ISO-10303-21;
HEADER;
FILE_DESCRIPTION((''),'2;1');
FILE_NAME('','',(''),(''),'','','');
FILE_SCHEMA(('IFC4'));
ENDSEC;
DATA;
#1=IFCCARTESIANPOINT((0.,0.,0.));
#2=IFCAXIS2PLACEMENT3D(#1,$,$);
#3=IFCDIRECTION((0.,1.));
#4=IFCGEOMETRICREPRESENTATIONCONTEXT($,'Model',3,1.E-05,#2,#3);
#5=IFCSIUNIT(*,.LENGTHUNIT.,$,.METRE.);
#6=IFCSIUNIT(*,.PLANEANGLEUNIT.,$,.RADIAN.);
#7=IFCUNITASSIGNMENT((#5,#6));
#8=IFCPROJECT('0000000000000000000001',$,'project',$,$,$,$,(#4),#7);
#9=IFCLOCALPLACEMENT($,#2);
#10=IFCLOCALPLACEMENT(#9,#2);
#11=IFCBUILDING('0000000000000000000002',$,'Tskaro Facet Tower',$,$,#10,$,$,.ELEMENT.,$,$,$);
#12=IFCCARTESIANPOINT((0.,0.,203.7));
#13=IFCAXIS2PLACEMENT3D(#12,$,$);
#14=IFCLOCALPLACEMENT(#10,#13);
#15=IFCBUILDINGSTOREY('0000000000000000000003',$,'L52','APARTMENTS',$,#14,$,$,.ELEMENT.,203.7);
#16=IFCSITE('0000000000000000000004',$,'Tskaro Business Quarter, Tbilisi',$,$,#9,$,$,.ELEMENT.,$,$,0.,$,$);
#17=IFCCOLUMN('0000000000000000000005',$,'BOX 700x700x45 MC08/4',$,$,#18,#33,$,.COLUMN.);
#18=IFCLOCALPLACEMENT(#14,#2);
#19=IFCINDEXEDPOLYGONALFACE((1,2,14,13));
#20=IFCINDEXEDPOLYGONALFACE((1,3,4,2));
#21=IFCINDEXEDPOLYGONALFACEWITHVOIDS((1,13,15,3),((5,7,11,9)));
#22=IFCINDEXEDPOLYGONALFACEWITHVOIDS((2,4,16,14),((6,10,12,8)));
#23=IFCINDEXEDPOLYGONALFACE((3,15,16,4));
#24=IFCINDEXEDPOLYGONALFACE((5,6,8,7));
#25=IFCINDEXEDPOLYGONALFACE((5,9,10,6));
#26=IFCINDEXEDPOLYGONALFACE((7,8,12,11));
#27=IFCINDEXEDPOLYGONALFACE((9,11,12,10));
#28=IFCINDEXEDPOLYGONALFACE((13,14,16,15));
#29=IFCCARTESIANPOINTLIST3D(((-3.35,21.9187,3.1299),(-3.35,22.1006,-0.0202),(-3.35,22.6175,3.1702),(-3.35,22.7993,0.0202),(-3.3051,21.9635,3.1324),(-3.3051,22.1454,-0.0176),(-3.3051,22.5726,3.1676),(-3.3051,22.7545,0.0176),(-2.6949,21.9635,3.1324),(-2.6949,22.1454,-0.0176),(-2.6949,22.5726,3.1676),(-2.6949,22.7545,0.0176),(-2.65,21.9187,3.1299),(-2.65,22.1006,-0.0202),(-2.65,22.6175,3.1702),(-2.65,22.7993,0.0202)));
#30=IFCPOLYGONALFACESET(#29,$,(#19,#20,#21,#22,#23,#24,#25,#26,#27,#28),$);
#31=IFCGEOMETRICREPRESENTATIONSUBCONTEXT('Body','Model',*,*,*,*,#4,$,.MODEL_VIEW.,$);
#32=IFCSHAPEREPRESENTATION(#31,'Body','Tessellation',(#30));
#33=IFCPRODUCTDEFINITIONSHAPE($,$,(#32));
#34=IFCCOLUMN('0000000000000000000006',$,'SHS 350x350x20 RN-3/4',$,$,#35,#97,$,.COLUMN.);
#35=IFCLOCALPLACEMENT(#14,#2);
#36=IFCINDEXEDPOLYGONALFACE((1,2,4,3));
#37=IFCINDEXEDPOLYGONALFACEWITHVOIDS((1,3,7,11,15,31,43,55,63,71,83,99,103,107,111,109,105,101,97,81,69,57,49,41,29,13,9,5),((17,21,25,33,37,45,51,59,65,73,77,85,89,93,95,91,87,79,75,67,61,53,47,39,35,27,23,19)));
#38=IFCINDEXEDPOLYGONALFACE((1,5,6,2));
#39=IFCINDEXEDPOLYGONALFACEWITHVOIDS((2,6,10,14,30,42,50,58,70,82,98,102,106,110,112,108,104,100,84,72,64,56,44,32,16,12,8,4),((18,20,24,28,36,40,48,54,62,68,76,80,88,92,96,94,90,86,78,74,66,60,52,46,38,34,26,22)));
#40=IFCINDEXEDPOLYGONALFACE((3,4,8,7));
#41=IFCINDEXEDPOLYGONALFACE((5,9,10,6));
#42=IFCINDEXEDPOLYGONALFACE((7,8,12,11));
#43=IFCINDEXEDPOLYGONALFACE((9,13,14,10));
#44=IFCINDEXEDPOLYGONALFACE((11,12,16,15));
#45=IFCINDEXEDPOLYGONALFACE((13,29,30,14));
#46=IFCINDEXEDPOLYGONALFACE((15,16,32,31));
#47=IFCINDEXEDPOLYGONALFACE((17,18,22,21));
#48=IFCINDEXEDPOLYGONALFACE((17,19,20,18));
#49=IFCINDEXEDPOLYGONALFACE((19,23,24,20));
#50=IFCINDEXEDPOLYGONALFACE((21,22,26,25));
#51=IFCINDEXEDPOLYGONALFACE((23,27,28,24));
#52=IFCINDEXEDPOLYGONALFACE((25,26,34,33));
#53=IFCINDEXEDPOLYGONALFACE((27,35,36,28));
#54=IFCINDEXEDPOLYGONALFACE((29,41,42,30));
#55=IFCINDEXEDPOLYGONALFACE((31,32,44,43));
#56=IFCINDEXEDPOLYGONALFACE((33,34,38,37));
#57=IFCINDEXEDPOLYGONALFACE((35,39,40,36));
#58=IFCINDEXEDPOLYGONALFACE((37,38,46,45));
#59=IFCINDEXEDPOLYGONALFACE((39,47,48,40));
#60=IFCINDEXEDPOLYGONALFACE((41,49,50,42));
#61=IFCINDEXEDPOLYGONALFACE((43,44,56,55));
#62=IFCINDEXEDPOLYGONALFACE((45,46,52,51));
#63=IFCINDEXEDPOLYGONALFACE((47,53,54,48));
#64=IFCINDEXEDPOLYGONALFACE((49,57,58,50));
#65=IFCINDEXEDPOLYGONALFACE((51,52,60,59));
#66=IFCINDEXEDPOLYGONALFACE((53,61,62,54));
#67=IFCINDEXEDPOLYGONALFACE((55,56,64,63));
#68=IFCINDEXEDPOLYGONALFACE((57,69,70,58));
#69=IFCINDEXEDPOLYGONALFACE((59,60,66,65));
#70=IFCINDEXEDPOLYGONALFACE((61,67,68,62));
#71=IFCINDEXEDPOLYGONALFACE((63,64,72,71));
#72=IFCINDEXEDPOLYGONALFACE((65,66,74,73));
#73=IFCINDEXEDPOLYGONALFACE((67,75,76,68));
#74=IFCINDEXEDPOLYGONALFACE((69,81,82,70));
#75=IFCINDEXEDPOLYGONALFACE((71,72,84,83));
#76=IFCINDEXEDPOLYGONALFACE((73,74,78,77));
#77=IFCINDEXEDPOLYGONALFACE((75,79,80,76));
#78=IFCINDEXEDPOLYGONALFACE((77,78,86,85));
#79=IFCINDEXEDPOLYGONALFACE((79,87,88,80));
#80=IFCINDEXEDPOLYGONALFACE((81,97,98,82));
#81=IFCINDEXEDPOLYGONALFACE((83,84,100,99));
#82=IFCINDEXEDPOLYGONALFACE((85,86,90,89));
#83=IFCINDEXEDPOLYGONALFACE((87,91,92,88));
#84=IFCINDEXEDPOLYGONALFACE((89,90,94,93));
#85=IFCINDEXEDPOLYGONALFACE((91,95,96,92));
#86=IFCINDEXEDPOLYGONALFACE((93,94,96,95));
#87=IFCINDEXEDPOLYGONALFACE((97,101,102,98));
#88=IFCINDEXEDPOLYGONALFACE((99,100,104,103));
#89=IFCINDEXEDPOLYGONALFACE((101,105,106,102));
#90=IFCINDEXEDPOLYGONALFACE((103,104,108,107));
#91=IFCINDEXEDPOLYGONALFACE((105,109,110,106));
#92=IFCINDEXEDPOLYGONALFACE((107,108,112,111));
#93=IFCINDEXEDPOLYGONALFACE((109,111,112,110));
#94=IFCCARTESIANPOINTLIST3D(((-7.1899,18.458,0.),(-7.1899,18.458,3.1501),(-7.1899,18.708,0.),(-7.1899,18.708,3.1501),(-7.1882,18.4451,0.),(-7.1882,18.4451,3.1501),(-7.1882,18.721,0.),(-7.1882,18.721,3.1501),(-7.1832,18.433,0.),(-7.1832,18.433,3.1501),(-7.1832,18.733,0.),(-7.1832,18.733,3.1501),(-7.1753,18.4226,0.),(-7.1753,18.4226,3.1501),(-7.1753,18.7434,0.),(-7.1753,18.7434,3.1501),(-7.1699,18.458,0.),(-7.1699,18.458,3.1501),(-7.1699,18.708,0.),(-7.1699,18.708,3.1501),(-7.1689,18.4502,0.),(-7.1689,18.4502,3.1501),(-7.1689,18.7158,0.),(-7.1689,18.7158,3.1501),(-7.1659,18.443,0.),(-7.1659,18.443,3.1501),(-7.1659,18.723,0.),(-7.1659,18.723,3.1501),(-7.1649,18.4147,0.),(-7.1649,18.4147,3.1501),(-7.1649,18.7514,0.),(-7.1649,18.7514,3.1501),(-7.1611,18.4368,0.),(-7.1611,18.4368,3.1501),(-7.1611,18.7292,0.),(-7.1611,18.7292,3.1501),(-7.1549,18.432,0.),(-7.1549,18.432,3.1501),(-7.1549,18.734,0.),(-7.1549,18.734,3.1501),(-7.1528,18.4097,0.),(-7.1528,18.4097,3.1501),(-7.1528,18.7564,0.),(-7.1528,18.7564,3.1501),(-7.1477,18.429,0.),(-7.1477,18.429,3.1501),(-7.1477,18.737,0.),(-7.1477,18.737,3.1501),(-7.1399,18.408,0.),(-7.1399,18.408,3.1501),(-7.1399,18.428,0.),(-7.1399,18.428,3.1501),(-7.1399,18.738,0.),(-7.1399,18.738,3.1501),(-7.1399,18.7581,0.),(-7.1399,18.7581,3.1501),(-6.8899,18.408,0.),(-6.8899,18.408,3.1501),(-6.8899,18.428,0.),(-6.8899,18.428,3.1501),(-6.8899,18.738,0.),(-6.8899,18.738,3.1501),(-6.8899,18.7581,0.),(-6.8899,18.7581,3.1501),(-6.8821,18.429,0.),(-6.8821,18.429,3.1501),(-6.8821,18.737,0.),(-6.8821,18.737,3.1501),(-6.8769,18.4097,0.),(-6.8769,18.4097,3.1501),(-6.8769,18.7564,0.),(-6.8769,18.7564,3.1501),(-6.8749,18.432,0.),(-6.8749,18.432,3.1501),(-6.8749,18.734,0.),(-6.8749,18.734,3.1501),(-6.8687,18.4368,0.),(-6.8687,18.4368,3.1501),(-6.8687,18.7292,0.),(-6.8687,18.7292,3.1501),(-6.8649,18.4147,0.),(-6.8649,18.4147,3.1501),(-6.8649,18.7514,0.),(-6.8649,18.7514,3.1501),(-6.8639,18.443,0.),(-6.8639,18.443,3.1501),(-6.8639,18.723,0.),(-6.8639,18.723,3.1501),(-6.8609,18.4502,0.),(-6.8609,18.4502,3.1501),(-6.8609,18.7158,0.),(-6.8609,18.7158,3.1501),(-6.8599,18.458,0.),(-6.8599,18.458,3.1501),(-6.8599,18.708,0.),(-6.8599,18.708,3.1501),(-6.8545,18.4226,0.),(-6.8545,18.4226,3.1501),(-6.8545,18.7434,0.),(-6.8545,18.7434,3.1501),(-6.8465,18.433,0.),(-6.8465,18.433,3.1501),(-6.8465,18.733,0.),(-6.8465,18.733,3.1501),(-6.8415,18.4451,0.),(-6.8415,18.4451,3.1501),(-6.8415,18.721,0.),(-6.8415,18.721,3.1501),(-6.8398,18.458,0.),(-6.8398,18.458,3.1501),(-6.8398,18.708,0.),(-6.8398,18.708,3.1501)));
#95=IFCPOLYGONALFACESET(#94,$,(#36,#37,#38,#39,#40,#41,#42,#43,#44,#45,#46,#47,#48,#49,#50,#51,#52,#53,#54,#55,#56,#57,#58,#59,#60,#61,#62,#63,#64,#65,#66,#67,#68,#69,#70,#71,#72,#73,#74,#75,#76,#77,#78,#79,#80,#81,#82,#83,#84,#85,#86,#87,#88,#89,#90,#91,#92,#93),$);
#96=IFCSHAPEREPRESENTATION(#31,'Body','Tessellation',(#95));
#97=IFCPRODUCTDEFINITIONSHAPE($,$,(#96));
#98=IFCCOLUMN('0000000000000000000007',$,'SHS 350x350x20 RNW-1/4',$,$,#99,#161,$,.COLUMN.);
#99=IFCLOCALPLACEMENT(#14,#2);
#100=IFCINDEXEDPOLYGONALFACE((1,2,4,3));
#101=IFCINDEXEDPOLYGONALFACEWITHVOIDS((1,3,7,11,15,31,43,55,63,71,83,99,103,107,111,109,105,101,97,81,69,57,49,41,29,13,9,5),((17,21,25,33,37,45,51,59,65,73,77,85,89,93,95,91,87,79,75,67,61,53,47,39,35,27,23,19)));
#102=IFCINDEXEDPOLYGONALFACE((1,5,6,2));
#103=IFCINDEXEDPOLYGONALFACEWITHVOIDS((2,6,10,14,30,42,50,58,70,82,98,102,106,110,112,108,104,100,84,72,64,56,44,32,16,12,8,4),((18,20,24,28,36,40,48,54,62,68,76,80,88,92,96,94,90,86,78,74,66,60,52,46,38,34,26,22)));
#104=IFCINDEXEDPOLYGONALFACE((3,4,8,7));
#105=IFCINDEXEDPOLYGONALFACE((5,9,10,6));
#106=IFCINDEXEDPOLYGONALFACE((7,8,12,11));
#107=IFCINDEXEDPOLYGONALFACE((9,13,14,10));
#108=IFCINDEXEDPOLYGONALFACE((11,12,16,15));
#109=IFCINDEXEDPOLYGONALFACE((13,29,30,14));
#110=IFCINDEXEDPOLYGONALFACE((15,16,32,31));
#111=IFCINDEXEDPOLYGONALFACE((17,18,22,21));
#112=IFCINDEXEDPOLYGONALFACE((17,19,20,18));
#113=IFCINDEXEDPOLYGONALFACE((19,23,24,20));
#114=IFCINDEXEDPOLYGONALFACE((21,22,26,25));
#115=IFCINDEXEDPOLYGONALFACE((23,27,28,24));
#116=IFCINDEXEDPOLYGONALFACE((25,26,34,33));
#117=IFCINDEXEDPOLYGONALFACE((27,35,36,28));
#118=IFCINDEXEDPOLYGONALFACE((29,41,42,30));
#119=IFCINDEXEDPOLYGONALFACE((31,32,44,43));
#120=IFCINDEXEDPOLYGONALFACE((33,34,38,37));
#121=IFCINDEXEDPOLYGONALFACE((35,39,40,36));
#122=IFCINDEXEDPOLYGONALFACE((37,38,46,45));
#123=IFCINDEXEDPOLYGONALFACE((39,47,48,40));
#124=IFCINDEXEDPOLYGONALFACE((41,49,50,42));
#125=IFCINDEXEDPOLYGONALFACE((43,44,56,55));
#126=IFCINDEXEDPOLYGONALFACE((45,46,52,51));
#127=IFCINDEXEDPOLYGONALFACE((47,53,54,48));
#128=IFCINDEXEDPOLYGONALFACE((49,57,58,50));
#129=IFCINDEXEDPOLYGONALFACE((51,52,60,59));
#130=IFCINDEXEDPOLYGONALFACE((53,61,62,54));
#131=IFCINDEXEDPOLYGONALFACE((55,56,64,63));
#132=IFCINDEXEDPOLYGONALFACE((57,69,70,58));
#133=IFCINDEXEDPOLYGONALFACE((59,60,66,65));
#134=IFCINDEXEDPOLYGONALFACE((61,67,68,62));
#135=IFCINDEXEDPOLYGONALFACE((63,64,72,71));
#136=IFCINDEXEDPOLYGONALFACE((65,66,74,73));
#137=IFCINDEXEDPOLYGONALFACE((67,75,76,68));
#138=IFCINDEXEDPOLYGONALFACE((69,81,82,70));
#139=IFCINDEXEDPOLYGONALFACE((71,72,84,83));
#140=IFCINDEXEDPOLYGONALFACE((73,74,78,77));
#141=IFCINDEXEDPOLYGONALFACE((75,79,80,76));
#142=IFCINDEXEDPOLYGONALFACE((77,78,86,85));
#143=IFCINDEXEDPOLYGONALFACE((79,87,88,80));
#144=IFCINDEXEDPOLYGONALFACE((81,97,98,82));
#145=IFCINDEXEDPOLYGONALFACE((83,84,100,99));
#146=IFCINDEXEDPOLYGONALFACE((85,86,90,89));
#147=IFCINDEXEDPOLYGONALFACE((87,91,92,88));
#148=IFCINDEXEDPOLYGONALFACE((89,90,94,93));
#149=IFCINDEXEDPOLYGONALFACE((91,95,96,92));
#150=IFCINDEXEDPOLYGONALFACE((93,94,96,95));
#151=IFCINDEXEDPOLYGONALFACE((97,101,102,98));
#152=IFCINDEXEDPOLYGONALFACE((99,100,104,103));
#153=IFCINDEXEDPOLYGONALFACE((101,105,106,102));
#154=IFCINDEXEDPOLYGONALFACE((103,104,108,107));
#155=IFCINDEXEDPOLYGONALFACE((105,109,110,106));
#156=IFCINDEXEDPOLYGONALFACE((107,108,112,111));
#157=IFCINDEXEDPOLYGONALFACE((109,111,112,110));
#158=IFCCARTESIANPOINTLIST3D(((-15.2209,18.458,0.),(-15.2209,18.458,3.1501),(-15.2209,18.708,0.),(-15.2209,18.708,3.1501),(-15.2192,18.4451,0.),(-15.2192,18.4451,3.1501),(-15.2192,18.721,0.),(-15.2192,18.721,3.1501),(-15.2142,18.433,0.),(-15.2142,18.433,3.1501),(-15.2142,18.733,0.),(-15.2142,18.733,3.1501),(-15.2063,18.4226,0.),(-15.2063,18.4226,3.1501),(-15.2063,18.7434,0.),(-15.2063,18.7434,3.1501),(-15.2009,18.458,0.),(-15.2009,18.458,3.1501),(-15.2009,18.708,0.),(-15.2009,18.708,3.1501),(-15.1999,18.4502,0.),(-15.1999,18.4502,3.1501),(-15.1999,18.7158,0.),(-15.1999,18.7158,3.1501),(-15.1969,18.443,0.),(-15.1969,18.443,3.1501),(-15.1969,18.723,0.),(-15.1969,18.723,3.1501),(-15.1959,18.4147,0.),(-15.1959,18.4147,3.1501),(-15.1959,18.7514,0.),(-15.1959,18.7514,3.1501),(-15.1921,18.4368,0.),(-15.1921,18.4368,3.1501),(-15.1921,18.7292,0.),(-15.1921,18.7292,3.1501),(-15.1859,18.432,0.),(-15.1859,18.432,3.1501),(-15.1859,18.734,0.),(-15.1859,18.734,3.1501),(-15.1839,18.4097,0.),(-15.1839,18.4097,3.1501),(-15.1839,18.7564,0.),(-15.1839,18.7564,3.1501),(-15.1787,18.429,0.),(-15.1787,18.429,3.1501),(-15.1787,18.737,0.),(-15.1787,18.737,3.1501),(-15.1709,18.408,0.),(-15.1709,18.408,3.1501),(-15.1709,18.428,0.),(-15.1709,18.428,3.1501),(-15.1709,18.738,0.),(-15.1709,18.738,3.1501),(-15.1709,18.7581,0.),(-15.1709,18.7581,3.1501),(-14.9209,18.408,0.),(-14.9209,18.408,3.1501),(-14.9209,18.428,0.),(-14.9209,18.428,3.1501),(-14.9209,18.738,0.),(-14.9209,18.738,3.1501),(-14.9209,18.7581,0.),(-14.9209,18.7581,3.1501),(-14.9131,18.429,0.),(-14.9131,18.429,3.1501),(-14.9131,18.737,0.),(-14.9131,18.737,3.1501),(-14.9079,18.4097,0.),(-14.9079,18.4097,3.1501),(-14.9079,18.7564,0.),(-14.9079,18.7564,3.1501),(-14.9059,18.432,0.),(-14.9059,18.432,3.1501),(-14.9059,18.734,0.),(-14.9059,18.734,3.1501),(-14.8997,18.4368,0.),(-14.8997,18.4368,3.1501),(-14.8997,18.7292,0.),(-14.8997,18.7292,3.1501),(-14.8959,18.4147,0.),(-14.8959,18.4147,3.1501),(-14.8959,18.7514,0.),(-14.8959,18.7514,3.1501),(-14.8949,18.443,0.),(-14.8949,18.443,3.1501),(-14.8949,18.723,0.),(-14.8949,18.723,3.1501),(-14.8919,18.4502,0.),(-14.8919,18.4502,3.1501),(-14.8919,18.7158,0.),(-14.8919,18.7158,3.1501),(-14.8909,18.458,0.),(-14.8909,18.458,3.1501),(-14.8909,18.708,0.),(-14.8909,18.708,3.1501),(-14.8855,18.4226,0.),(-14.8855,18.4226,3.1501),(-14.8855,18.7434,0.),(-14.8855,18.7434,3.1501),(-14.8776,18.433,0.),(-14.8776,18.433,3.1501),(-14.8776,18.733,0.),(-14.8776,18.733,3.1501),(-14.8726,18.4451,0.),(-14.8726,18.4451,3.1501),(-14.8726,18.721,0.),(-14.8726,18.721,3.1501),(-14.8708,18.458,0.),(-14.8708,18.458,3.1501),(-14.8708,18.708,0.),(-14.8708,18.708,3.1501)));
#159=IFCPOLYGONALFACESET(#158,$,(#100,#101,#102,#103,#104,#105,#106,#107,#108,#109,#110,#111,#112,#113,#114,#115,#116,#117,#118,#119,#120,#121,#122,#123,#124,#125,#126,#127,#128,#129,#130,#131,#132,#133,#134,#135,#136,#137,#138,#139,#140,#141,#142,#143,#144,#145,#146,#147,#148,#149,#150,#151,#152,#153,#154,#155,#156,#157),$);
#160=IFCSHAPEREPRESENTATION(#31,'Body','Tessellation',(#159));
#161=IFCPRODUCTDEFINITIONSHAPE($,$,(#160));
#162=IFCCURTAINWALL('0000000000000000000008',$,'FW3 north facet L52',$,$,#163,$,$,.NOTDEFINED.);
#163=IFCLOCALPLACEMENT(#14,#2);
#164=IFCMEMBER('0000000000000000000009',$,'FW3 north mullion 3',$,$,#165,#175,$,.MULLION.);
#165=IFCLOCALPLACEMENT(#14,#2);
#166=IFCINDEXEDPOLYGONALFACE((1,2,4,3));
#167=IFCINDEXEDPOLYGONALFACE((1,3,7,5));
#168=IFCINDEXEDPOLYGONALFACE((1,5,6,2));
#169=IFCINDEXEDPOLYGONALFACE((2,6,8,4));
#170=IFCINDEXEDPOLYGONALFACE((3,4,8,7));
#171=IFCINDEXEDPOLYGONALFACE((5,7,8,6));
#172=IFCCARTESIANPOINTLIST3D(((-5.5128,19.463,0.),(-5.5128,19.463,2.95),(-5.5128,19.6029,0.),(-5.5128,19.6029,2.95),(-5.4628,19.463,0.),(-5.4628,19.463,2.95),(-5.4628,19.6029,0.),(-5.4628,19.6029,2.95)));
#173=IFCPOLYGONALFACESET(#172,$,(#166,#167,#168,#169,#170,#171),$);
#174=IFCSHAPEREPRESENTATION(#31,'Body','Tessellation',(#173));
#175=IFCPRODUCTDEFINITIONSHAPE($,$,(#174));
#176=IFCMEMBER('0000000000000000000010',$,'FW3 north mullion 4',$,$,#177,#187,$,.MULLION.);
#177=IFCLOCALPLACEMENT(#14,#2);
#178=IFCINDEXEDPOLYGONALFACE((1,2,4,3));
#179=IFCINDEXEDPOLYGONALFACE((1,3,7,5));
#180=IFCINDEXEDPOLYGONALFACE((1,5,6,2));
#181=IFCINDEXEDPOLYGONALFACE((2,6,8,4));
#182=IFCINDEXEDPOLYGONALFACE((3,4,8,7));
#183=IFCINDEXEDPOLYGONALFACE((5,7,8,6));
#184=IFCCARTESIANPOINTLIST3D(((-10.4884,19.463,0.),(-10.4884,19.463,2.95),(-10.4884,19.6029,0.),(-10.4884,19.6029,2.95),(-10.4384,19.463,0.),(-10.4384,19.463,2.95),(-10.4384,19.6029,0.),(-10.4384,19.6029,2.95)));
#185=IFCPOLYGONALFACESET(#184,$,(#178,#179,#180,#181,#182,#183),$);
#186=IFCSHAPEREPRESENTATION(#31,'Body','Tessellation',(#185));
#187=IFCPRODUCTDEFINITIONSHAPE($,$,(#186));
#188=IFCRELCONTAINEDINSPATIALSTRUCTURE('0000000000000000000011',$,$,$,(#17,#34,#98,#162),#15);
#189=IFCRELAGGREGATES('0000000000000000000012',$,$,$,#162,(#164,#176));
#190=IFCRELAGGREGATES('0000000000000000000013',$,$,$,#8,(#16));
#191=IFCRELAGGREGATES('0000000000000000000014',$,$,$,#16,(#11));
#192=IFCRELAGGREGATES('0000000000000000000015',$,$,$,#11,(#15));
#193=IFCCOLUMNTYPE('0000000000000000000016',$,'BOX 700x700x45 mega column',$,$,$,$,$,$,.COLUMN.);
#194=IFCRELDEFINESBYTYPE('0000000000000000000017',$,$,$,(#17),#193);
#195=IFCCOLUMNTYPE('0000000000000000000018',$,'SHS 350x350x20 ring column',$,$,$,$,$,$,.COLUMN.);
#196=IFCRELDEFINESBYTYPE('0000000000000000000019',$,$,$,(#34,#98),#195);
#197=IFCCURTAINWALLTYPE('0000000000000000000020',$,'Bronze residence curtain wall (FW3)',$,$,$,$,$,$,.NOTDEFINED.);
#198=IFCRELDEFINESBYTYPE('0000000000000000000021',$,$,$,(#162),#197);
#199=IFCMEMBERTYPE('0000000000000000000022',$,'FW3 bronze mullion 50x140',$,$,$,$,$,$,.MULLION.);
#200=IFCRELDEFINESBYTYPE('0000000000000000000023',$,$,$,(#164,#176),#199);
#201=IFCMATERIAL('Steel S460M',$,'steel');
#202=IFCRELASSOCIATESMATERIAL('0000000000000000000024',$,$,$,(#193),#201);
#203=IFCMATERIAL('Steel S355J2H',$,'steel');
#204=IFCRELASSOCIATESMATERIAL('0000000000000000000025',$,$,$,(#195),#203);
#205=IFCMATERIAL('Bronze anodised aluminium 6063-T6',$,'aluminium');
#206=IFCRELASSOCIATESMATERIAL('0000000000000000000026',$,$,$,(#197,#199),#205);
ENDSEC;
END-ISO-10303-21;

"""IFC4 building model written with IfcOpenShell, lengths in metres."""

from ifc_helpers import new_model, si_unit, direction, frame, origin, origin_2d, place, context, subcontext, project, spatial, rectangle, hollow_rectangle, extrude, material, material_profile, profile_set, type_object, element, aggregate, save


model = new_model("IFC4")

# Units and contexts
model_context = context("Model", 3, precision=1e-05, world=origin(), true_north=direction((0.0, 1.0)))
body_context = subcontext(model_context, "Body", "Model", "MODEL_VIEW")
ifc_project = project(units=[si_unit("LENGTHUNIT", "METRE"), si_unit("PLANEANGLEUNIT", "RADIAN")], contexts=[model_context])

# Site, building, storey
site_placement = place(None, origin())
site = spatial("IfcSite", under=ifc_project, at=site_placement, Name="Tskaro Business Quarter, Tbilisi", CompositionType="ELEMENT", RefElevation=0.0)
building_placement = place(site_placement, origin())
building = spatial("IfcBuilding", under=site, at=building_placement, Name="Tskaro Facet Tower", CompositionType="ELEMENT")
storey_placement = place(building_placement, frame((0.0, 0.0, 203.7)))
storey = spatial("IfcBuildingStorey", under=building, at=storey_placement, Name="L52", Description="APARTMENTS", CompositionType="ELEMENT", Elevation=203.7)

# Columns
ifc_material_1 = material(Name="Steel S460M", Category="steel")
ifc_material_profile_1 = material_profile(ifc_material_1, hollow_rectangle(XDim=0.7, YDim=0.7, WallThickness=0.0449, at=origin_2d()), Name="BOX 700x700x45")
ifc_profile_set_1 = profile_set([ifc_material_profile_1], Name="Steel S460M")
column_type_1 = type_object("IfcColumnType", Name="BOX 700x700x45 mega column", PredefinedType="COLUMN", material=ifc_profile_set_1)
column_placement = place(storey_placement, frame((-3.0, 22.45, 0.0), z_axis=(0.0, -0.057643, 0.998337), x_axis=(1.0, 0.0, 0.0)))
element("IfcColumn", 1, at=column_placement, inside=storey, type_object=column_type_1, Name="BOX 700x700x45 MC08/4", PredefinedType="COLUMN", context=body_context, shape_type="SweptSolid", body=[
    extrude(hollow_rectangle(XDim=0.7, YDim=0.7, WallThickness=0.0449, at=origin_2d()), origin(), (0.0, 0.0, 1.0), 3.1553),
])
ifc_material_2 = material(Name="Steel S355J2H", Category="steel")
ifc_material_profile_2 = material_profile(ifc_material_2, hollow_rectangle(XDim=0.3501, YDim=0.3501, WallThickness=0.02, InnerFilletRadius=0.03, OuterFilletRadius=0.05, at=origin_2d()), Name="SHS 350x350x20")
ifc_profile_set_2 = profile_set([ifc_material_profile_2], Name="Steel S355J2H")
column_type_2 = type_object("IfcColumnType", Name="SHS 350x350x20 ring column", PredefinedType="COLUMN", material=ifc_profile_set_2)
for number, where, z_axis, x_axis, name in (
    (2, (-7.0149, 18.583, 0.0), (0.0, 0.0, 1.0), (1.0, 0.0, 0.0), "SHS 350x350x20 RN-3/4"),
    (3, (-15.0459, 18.583, 0.0), (0.0, 0.0, 1.0), (1.0, 0.0, 0.0), "SHS 350x350x20 RNW-1/4"),
):
    element("IfcColumn", number, at=place(storey_placement, frame(where, z_axis=z_axis, x_axis=x_axis)), inside=storey, type_object=column_type_2, Name=name, PredefinedType="COLUMN", context=body_context, shape_type="SweptSolid", body=[
        extrude(hollow_rectangle(XDim=0.3501, YDim=0.3501, WallThickness=0.02, InnerFilletRadius=0.03, OuterFilletRadius=0.05, at=origin_2d()), origin(), (0.0, 0.0, 1.0), 3.1501),
    ])

# Curtain wall, members
ifc_material_3 = material(Name="Bronze anodised aluminium 6063-T6", Category="aluminium")
curtain_wall_type = type_object("IfcCurtainWallType", Name="Bronze residence curtain wall (FW3)", PredefinedType="NOTDEFINED", material=ifc_material_3)
curtain_wall_placement = place(storey_placement, origin())
curtain_wall = element("IfcCurtainWall", 4, at=curtain_wall_placement, inside=storey, type_object=curtain_wall_type, Name="FW3 north facet L52", PredefinedType="NOTDEFINED")
ifc_material_profile_3 = material_profile(ifc_material_3, rectangle(XDim=0.05, YDim=0.1399, at=origin_2d()), Name="Mullion 50x140")
ifc_profile_set_3 = profile_set([ifc_material_profile_3], Name="Bronze anodised aluminium 6063-T6")
member_type_1 = type_object("IfcMemberType", Name="FW3 bronze mullion 50x140", PredefinedType="MULLION", material=ifc_profile_set_3)
member_1_placement = place(storey_placement, frame((-5.4878, 19.533, 0.0), z_axis=(0.0, 0.0, 1.0), x_axis=(-1.0, 0.0, 0.0)))
member_1 = element("IfcMember", 5, at=member_1_placement, type_object=member_type_1, Name="FW3 north mullion 3", PredefinedType="MULLION", context=body_context, shape_type="SweptSolid", body=[
    extrude(rectangle(XDim=0.05, YDim=0.1399, at=origin_2d()), origin(), (0.0, 0.0, 1.0), 2.95),
])
member_2_placement = place(storey_placement, frame((-10.4634, 19.533, 0.0), z_axis=(0.0, 0.0, 1.0), x_axis=(-1.0, 0.0, 0.0)))
member_2 = element("IfcMember", 6, at=member_2_placement, type_object=member_type_1, Name="FW3 north mullion 4", PredefinedType="MULLION", context=body_context, shape_type="SweptSolid", body=[
    extrude(rectangle(XDim=0.05, YDim=0.1399, at=origin_2d()), origin(), (0.0, 0.0, 1.0), 2.95),
])

aggregate(curtain_wall, [member_1, member_2])

save(model, "model.ifc")
